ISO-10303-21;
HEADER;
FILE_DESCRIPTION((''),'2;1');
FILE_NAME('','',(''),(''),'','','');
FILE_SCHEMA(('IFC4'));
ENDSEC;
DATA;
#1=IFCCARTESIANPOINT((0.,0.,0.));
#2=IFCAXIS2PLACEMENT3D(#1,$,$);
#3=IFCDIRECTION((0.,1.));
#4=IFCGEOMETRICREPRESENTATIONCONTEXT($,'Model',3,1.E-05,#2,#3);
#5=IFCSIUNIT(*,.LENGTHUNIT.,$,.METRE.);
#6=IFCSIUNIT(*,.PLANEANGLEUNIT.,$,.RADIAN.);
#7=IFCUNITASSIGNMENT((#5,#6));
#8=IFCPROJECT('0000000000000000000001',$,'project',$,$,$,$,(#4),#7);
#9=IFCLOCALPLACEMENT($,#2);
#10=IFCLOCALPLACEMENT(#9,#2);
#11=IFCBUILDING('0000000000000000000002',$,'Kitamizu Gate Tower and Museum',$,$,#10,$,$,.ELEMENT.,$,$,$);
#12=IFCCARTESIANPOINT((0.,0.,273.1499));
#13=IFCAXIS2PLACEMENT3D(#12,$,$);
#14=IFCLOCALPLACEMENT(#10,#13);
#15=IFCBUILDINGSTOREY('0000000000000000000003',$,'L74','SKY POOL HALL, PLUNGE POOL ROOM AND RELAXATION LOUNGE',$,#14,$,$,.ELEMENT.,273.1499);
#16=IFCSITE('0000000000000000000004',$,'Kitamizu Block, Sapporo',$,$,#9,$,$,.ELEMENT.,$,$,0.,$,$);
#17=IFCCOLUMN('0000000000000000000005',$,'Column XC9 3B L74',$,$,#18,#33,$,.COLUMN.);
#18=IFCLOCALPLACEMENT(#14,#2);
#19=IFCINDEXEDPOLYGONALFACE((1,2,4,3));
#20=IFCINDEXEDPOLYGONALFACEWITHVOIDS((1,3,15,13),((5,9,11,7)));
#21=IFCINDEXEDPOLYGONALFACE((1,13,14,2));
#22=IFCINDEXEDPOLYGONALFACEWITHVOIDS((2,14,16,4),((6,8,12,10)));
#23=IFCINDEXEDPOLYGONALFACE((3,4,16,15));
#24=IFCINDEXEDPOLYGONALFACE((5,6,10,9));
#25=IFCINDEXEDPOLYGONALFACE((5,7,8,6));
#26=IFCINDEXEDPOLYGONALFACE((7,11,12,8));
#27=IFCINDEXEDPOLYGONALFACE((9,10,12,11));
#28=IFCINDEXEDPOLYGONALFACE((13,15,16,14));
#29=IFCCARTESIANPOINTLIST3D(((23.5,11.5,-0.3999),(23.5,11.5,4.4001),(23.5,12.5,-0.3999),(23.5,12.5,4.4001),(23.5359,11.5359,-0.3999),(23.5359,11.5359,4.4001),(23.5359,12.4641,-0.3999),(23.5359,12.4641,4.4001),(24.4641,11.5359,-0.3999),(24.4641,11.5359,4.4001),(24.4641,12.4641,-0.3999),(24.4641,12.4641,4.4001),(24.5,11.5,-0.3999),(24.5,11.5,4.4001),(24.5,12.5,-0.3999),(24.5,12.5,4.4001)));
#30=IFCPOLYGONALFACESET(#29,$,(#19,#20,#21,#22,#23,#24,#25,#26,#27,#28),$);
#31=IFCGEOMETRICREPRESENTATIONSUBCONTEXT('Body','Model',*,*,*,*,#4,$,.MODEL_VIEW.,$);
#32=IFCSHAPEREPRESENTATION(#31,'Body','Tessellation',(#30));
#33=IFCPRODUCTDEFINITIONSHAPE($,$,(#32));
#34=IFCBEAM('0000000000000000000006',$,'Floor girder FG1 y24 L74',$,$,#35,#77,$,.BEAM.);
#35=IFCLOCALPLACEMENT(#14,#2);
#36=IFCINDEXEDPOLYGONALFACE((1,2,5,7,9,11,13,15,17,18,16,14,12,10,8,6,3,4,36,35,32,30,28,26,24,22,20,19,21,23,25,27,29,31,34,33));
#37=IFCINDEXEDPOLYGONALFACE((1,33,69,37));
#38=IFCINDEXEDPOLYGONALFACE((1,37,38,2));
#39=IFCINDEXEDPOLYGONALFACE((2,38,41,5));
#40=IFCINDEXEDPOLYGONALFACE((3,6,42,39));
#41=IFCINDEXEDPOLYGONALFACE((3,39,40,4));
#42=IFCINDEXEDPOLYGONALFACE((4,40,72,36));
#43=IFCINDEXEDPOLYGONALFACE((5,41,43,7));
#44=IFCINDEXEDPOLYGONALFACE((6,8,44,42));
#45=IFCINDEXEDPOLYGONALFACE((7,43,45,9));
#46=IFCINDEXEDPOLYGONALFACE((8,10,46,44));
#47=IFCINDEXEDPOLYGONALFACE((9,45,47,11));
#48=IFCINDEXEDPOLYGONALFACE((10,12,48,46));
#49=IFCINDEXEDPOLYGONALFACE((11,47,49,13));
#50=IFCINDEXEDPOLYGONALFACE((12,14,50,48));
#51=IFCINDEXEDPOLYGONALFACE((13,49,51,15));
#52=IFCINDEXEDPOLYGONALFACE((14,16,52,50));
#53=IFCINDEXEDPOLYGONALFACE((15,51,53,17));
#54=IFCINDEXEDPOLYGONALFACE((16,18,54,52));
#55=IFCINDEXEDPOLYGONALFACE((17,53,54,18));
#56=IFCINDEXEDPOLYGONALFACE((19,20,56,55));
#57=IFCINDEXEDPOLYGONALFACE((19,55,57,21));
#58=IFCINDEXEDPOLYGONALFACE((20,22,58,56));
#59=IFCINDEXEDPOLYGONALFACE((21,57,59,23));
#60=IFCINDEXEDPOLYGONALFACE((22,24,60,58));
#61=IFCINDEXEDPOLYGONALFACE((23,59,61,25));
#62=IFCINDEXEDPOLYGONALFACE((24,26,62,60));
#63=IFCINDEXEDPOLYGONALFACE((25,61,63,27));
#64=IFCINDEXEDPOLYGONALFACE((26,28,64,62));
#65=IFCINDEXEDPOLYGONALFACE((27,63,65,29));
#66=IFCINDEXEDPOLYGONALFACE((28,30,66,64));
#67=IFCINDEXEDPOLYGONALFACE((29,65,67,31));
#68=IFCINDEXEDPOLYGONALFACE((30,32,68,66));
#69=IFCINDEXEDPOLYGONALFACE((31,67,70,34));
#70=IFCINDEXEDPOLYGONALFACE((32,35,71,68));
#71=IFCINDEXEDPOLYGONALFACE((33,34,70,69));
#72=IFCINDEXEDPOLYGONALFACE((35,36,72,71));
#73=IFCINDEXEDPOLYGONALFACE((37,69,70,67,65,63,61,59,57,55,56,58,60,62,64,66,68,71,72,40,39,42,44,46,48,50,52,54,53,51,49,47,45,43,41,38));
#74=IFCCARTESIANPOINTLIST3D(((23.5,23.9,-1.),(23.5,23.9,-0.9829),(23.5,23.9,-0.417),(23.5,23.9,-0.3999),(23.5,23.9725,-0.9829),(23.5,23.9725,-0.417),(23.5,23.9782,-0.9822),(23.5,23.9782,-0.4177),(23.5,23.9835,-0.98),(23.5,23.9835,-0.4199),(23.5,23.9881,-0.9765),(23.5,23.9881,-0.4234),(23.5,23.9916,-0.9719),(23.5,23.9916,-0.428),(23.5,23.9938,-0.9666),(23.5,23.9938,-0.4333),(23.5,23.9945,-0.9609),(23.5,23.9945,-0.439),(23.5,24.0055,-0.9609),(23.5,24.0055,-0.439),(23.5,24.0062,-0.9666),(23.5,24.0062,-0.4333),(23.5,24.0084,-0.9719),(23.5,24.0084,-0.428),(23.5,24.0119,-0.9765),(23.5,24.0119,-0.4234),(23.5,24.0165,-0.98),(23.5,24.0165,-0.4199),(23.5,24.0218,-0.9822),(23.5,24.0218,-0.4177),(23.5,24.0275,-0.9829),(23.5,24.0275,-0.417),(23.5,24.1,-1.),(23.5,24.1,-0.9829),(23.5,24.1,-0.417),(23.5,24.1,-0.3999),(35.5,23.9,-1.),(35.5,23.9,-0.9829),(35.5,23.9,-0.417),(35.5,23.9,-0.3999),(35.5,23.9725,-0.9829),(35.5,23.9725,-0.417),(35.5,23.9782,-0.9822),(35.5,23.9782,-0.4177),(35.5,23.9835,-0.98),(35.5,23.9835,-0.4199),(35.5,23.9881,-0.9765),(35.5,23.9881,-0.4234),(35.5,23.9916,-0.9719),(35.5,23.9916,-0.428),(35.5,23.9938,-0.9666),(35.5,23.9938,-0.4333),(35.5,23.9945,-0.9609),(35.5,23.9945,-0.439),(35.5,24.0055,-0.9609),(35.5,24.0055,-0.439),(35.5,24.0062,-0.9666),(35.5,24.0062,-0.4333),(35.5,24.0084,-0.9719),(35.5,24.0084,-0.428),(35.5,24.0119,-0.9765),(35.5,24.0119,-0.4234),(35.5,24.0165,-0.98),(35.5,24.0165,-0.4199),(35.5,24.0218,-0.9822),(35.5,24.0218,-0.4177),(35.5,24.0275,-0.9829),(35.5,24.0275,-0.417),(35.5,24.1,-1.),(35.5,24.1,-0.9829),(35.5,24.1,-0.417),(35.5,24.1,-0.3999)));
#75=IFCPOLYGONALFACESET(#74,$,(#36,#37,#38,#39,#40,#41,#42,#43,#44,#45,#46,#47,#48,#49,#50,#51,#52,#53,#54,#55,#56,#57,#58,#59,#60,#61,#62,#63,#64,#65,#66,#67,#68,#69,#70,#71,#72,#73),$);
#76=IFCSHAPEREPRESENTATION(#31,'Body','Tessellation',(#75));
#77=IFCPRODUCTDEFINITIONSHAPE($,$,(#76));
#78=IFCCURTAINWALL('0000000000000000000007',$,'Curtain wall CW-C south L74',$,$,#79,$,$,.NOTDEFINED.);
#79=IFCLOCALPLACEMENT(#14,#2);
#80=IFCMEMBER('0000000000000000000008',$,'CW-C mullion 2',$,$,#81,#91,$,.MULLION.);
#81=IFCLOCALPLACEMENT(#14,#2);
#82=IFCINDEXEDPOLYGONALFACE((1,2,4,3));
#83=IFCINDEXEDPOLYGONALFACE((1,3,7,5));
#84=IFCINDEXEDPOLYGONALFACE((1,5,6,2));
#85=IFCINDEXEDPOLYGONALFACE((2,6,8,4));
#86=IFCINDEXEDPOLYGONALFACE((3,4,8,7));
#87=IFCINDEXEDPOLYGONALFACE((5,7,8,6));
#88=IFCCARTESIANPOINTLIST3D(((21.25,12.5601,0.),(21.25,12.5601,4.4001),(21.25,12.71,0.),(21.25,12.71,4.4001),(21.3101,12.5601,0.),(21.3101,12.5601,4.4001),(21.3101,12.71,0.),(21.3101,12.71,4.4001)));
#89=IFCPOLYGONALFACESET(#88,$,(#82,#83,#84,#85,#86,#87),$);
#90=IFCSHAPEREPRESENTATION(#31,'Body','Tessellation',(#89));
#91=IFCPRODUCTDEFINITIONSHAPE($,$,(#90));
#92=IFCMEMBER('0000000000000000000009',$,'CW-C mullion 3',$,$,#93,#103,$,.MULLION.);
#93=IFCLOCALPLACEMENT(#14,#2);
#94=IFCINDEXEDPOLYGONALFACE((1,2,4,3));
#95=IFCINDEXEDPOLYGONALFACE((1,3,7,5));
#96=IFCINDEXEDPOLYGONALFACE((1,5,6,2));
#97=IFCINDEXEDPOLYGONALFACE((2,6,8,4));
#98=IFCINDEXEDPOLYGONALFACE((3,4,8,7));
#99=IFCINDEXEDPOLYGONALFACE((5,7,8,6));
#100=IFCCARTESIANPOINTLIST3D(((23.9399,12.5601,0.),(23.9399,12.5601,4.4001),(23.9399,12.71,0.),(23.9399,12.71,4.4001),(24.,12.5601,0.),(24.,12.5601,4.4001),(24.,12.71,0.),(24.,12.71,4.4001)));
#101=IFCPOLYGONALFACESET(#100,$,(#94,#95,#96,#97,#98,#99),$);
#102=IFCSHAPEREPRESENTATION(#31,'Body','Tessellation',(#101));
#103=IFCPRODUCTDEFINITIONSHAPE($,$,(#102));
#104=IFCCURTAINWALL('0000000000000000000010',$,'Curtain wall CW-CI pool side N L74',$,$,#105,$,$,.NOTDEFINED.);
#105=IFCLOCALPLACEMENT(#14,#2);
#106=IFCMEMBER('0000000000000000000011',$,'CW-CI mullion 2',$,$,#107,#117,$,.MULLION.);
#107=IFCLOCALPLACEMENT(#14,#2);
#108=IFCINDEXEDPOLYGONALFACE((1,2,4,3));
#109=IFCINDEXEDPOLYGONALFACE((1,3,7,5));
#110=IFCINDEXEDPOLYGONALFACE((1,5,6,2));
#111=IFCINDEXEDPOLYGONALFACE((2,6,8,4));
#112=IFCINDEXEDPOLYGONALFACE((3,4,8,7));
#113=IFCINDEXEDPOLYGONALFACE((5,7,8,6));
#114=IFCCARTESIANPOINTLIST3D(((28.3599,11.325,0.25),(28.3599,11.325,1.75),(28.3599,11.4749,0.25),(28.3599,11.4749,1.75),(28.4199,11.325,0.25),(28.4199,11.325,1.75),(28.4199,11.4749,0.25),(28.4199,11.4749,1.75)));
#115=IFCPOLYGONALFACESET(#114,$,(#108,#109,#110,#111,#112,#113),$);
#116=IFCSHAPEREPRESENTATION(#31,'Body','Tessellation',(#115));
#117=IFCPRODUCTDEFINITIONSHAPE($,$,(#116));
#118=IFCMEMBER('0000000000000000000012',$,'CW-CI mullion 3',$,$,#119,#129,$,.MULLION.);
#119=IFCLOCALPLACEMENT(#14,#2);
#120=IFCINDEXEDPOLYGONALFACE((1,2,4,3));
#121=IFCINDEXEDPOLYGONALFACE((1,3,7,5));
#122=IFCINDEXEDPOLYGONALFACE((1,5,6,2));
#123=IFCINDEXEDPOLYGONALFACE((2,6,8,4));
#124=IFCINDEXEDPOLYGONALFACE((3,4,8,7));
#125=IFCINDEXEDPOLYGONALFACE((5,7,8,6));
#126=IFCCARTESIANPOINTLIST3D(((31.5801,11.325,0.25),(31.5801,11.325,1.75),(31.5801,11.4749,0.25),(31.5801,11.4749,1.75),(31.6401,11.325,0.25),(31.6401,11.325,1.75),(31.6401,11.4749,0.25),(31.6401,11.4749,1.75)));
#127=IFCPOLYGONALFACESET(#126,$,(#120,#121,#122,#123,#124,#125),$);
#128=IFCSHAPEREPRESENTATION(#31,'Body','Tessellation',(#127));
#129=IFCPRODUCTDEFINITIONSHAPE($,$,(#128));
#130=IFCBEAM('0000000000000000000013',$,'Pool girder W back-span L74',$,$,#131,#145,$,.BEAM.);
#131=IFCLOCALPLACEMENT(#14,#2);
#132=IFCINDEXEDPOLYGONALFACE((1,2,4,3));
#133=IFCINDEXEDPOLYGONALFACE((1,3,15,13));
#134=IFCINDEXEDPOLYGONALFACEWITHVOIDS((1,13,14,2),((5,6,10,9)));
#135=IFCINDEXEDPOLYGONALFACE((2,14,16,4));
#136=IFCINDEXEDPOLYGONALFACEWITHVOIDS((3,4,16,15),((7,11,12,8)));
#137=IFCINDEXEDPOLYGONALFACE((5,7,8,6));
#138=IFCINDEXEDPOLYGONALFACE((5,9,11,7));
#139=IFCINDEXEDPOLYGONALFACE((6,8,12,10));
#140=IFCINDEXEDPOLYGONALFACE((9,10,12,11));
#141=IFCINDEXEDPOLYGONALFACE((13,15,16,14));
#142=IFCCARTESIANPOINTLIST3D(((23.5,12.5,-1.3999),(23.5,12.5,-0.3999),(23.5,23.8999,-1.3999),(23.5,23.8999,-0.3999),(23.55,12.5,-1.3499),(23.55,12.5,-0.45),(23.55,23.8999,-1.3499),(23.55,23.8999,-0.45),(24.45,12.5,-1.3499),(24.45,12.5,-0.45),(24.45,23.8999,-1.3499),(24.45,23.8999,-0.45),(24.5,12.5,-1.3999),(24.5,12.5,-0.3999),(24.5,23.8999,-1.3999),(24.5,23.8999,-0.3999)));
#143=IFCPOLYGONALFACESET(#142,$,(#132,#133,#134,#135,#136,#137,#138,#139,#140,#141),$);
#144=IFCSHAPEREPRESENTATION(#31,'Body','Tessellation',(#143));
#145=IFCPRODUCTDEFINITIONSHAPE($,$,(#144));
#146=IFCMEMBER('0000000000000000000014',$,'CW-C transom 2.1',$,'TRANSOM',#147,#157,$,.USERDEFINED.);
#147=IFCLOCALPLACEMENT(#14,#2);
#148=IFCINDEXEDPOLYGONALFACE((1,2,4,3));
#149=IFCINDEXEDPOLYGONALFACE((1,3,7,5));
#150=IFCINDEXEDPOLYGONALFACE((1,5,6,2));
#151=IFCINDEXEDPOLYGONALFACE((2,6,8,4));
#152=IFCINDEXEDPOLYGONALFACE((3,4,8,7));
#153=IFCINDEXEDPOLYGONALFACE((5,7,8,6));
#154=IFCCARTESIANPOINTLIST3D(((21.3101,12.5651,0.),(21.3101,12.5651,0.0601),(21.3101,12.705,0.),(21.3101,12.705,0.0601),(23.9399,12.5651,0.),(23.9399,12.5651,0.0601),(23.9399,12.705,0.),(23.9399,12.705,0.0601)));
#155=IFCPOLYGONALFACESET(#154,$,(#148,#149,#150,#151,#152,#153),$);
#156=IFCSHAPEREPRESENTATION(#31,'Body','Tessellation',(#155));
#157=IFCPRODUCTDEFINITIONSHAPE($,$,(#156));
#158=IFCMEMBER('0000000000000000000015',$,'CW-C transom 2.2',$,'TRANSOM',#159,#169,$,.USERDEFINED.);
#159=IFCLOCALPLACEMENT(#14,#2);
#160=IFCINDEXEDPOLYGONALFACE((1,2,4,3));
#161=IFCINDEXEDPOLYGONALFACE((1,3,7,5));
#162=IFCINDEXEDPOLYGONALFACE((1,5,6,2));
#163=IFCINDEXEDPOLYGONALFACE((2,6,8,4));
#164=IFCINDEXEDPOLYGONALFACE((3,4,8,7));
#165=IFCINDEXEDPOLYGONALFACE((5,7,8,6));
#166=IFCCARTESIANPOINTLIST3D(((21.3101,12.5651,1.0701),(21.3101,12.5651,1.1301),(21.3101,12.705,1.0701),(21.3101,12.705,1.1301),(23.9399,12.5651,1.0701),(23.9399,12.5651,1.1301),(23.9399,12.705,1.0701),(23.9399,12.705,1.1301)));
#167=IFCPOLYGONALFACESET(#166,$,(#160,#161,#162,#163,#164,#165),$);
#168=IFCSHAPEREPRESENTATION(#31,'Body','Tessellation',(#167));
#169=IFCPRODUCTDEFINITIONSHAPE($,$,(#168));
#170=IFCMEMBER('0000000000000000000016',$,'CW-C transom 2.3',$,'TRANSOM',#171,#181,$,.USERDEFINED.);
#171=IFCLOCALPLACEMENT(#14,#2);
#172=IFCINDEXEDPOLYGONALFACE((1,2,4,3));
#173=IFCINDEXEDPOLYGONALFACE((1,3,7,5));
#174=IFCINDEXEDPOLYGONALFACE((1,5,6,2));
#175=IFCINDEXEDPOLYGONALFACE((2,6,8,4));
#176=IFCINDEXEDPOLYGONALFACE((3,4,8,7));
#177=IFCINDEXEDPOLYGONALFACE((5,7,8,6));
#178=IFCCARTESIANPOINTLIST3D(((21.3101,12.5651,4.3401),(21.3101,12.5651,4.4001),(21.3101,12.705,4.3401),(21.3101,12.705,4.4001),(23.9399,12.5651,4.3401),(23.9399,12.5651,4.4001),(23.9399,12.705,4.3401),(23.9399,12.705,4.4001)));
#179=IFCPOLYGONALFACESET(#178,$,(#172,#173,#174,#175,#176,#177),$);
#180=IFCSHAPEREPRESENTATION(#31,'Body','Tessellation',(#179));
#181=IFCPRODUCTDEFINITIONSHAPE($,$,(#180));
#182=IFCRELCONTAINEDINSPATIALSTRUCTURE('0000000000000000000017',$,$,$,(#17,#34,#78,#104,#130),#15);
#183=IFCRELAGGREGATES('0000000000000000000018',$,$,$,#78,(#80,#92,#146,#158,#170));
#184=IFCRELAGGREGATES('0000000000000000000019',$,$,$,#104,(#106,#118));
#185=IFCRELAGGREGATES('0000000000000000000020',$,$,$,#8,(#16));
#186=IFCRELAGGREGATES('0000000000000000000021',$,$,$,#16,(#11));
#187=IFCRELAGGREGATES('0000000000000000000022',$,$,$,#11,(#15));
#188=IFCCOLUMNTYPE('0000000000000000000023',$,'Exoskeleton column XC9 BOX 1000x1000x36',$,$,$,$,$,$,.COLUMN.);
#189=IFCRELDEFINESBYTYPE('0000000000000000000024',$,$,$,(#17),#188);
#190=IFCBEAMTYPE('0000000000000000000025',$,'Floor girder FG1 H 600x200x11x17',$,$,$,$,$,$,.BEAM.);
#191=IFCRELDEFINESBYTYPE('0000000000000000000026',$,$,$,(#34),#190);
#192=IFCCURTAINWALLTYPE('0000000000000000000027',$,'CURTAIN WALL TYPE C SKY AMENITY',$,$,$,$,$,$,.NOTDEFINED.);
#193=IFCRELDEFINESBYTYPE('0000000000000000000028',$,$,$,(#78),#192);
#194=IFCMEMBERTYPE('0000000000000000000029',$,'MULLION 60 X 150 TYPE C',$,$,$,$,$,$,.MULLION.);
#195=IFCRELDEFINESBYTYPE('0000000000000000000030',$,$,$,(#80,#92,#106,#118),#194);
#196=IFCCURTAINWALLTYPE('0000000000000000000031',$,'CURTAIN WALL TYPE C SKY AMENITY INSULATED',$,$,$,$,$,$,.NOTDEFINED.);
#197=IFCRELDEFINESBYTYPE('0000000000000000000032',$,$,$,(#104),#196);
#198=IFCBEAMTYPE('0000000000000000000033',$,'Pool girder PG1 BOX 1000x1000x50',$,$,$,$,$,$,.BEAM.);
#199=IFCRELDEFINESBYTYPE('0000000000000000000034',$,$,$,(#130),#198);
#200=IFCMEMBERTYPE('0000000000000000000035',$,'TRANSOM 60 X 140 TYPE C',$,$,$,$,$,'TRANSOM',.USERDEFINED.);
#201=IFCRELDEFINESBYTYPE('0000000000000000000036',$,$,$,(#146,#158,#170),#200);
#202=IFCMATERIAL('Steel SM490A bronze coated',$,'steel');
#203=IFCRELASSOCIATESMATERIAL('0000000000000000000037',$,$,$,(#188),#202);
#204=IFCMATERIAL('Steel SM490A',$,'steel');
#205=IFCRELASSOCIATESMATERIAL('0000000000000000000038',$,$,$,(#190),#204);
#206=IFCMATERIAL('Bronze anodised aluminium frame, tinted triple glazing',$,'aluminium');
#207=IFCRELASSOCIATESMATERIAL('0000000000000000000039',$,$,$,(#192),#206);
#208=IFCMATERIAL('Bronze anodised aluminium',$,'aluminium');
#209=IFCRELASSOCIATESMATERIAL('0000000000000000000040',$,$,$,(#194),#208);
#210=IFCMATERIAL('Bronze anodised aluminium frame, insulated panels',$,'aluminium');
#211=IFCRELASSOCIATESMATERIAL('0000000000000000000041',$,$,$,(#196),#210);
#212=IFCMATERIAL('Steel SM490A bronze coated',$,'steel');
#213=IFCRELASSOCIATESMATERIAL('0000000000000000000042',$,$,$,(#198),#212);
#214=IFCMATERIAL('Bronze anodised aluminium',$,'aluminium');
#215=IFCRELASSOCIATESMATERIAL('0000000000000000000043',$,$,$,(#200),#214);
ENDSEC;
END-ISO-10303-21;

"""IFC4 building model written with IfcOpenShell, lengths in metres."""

from ifc_helpers import new_model, si_unit, direction, frame, origin, origin_2d, place, context, subcontext, project, spatial, rectangle, hollow_rectangle, i_section, extrude, material, material_profile, profile_set, type_object, element, aggregate, save


model = new_model("IFC4")

# Units and contexts
model_context = context("Model", 3, precision=1e-05, world=origin(), true_north=direction((0.0, 1.0)))
body_context = subcontext(model_context, "Body", "Model", "MODEL_VIEW")
ifc_project = project(units=[si_unit("LENGTHUNIT", "METRE"), si_unit("PLANEANGLEUNIT", "RADIAN")], contexts=[model_context])

# Site, building, storey
site_placement = place(None, origin())
site = spatial("IfcSite", under=ifc_project, at=site_placement, Name="Kitamizu Block, Sapporo", CompositionType="ELEMENT", RefElevation=0.0)
building_placement = place(site_placement, origin())
building = spatial("IfcBuilding", under=site, at=building_placement, Name="Kitamizu Gate Tower and Museum", CompositionType="ELEMENT")
storey_placement = place(building_placement, frame((0.0, 0.0, 273.1499)))
storey = spatial("IfcBuildingStorey", under=building, at=storey_placement, Name="L74", Description="SKY POOL HALL, PLUNGE POOL ROOM AND RELAXATION LOUNGE", CompositionType="ELEMENT", Elevation=273.1499)

# Column
ifc_material_1 = material(Name="Steel SM490A bronze coated", Category="steel")
ifc_material_profile_1 = material_profile(ifc_material_1, hollow_rectangle(XDim=1.0, YDim=1.0, WallThickness=0.0359, at=origin_2d()), Name="BOX 1000x1000x36")
ifc_profile_set_1 = profile_set([ifc_material_profile_1], Name="Steel SM490A bronze coated")
column_type = type_object("IfcColumnType", Name="Exoskeleton column XC9 BOX 1000x1000x36", PredefinedType="COLUMN", material=ifc_profile_set_1)
column_placement = place(storey_placement, frame((24.0, 12.0, -0.3999), z_axis=(0.0, 0.0, 1.0), x_axis=(1.0, 0.0, 0.0)))
element("IfcColumn", 1, at=column_placement, inside=storey, type_object=column_type, Name="Column XC9 3B L74", PredefinedType="COLUMN", context=body_context, shape_type="SweptSolid", body=[
    extrude(hollow_rectangle(XDim=1.0, YDim=1.0, WallThickness=0.0359, at=origin_2d()), origin(), (0.0, 0.0, 1.0), 4.8),
])

# Beam
ifc_material_2 = material(Name="Steel SM490A", Category="steel")
ifc_material_profile_2 = material_profile(ifc_material_2, i_section(OverallWidth=0.2, OverallDepth=0.6001, WebThickness=0.011, FlangeThickness=0.0171, FilletRadius=0.022, at=origin_2d()), Name="H-600x200x11x17")
ifc_profile_set_2 = profile_set([ifc_material_profile_2], Name="Steel SM490A")
beam_type_1 = type_object("IfcBeamType", Name="Floor girder FG1 H 600x200x11x17", PredefinedType="BEAM", material=ifc_profile_set_2)
beam_1_placement = place(storey_placement, frame((23.5, 24.0, -0.7), z_axis=(1.0, 0.0, 0.0), x_axis=(0.0, 1.0, 0.0)))
element("IfcBeam", 2, at=beam_1_placement, inside=storey, type_object=beam_type_1, Name="Floor girder FG1 y24 L74", PredefinedType="BEAM", context=body_context, shape_type="SweptSolid", body=[
    extrude(i_section(OverallWidth=0.2, OverallDepth=0.6001, WebThickness=0.011, FlangeThickness=0.0171, FilletRadius=0.022, at=origin_2d()), origin(), (0.0, 0.0, 1.0), 12.0),
])

# Curtain walls, members
ifc_material_3 = material(Name="Bronze anodised aluminium frame, tinted triple glazing", Category="aluminium")
curtain_wall_type_1 = type_object("IfcCurtainWallType", Name="CURTAIN WALL TYPE C SKY AMENITY", PredefinedType="NOTDEFINED", material=ifc_material_3)
curtain_wall_1_placement = place(storey_placement, origin())
curtain_wall_1 = element("IfcCurtainWall", 3, at=curtain_wall_1_placement, inside=storey, type_object=curtain_wall_type_1, Name="Curtain wall CW-C south L74", PredefinedType="NOTDEFINED")
ifc_material_4 = material(Name="Bronze anodised aluminium", Category="aluminium")
ifc_material_profile_3 = material_profile(ifc_material_4, rectangle(XDim=0.0601, YDim=0.1499, at=origin_2d()), Name="AL 60X150")
ifc_profile_set_3 = profile_set([ifc_material_profile_3], Name="Bronze anodised aluminium")
member_type_1 = type_object("IfcMemberType", Name="MULLION 60 X 150 TYPE C", PredefinedType="MULLION", material=ifc_profile_set_3)
member_1_placement = place(storey_placement, frame((21.28, 12.635, 0.0), z_axis=(0.0, 0.0, 1.0), x_axis=(1.0, 0.0, 0.0)))
member_1 = element("IfcMember", 4, at=member_1_placement, type_object=member_type_1, Name="CW-C mullion 2", PredefinedType="MULLION", context=body_context, shape_type="SweptSolid", body=[
    extrude(rectangle(XDim=0.0601, YDim=0.1499, at=origin_2d()), origin(), (0.0, 0.0, 1.0), 4.4001),
])
member_2_placement = place(storey_placement, frame((23.97, 12.635, 0.0), z_axis=(0.0, 0.0, 1.0), x_axis=(1.0, 0.0, 0.0)))
member_2 = element("IfcMember", 5, at=member_2_placement, type_object=member_type_1, Name="CW-C mullion 3", PredefinedType="MULLION", context=body_context, shape_type="SweptSolid", body=[
    extrude(rectangle(XDim=0.0601, YDim=0.1499, at=origin_2d()), origin(), (0.0, 0.0, 1.0), 4.4001),
])
ifc_material_5 = material(Name="Bronze anodised aluminium frame, insulated panels", Category="aluminium")
curtain_wall_type_2 = type_object("IfcCurtainWallType", Name="CURTAIN WALL TYPE C SKY AMENITY INSULATED", PredefinedType="NOTDEFINED", material=ifc_material_5)
curtain_wall_2_placement = place(storey_placement, origin())
curtain_wall_2 = element("IfcCurtainWall", 6, at=curtain_wall_2_placement, inside=storey, type_object=curtain_wall_type_2, Name="Curtain wall CW-CI pool side N L74", PredefinedType="NOTDEFINED")
member_3_placement = place(storey_placement, frame((28.3899, 11.3999, 0.25), z_axis=(0.0, 0.0, 1.0), x_axis=(1.0, 0.0, 0.0)))
member_3 = element("IfcMember", 7, at=member_3_placement, type_object=member_type_1, Name="CW-CI mullion 2", PredefinedType="MULLION", context=body_context, shape_type="SweptSolid", body=[
    extrude(rectangle(XDim=0.0601, YDim=0.1499, at=origin_2d()), origin(), (0.0, 0.0, 1.0), 1.5),
])
member_4_placement = place(storey_placement, frame((31.6101, 11.3999, 0.25), z_axis=(0.0, 0.0, 1.0), x_axis=(1.0, 0.0, 0.0)))
member_4 = element("IfcMember", 8, at=member_4_placement, type_object=member_type_1, Name="CW-CI mullion 3", PredefinedType="MULLION", context=body_context, shape_type="SweptSolid", body=[
    extrude(rectangle(XDim=0.0601, YDim=0.1499, at=origin_2d()), origin(), (0.0, 0.0, 1.0), 1.5),
])

# Beam
ifc_material_6 = material(Name="Steel SM490A bronze coated", Category="steel")
ifc_material_profile_4 = material_profile(ifc_material_6, hollow_rectangle(XDim=1.0, YDim=1.0, WallThickness=0.05, at=origin_2d()), Name="BOX 1000x1000x50")
ifc_profile_set_4 = profile_set([ifc_material_profile_4], Name="Steel SM490A bronze coated")
beam_type_2 = type_object("IfcBeamType", Name="Pool girder PG1 BOX 1000x1000x50", PredefinedType="BEAM", material=ifc_profile_set_4)
beam_2_placement = place(storey_placement, frame((24.0, 12.5, -0.8999), z_axis=(0.0, 1.0, 0.0), x_axis=(-1.0, 0.0, 0.0)))
element("IfcBeam", 9, at=beam_2_placement, inside=storey, type_object=beam_type_2, Name="Pool girder W back-span L74", PredefinedType="BEAM", context=body_context, shape_type="SweptSolid", body=[
    extrude(hollow_rectangle(XDim=1.0, YDim=1.0, WallThickness=0.05, at=origin_2d()), origin(), (0.0, 0.0, 1.0), 11.3999),
])

# Members
ifc_material_7 = material(Name="Bronze anodised aluminium", Category="aluminium")
ifc_material_profile_5 = material_profile(ifc_material_7, rectangle(XDim=0.1399, YDim=0.0601, at=origin_2d()), Name="AL 60X140")
ifc_profile_set_5 = profile_set([ifc_material_profile_5], Name="Bronze anodised aluminium")
member_type_2 = type_object("IfcMemberType", Name="TRANSOM 60 X 140 TYPE C", ElementType="TRANSOM", PredefinedType="USERDEFINED", material=ifc_profile_set_5)
member_5_placement = place(storey_placement, frame((21.3101, 12.635, 0.03), z_axis=(1.0, 0.0, 0.0), x_axis=(0.0, 1.0, 0.0)))
member_5 = element("IfcMember", 10, at=member_5_placement, type_object=member_type_2, Name="CW-C transom 2.1", ObjectType="TRANSOM", PredefinedType="USERDEFINED", context=body_context, shape_type="SweptSolid", body=[
    extrude(rectangle(XDim=0.1399, YDim=0.0601, at=origin_2d()), origin(), (0.0, 0.0, 1.0), 2.6299),
])
member_6_placement = place(storey_placement, frame((21.3101, 12.635, 1.1001), z_axis=(1.0, 0.0, 0.0), x_axis=(0.0, 1.0, 0.0)))
member_6 = element("IfcMember", 11, at=member_6_placement, type_object=member_type_2, Name="CW-C transom 2.2", ObjectType="TRANSOM", PredefinedType="USERDEFINED", context=body_context, shape_type="SweptSolid", body=[
    extrude(rectangle(XDim=0.1399, YDim=0.0601, at=origin_2d()), origin(), (0.0, 0.0, 1.0), 2.6299),
])
member_7_placement = place(storey_placement, frame((21.3101, 12.635, 4.3701), z_axis=(1.0, 0.0, 0.0), x_axis=(0.0, 1.0, 0.0)))
member_7 = element("IfcMember", 12, at=member_7_placement, type_object=member_type_2, Name="CW-C transom 2.3", ObjectType="TRANSOM", PredefinedType="USERDEFINED", context=body_context, shape_type="SweptSolid", body=[
    extrude(rectangle(XDim=0.1399, YDim=0.0601, at=origin_2d()), origin(), (0.0, 0.0, 1.0), 2.6299),
])

aggregate(curtain_wall_1, [member_1, member_2, member_5, member_6, member_7])
aggregate(curtain_wall_2, [member_3, member_4])

save(model, "model.ifc")
